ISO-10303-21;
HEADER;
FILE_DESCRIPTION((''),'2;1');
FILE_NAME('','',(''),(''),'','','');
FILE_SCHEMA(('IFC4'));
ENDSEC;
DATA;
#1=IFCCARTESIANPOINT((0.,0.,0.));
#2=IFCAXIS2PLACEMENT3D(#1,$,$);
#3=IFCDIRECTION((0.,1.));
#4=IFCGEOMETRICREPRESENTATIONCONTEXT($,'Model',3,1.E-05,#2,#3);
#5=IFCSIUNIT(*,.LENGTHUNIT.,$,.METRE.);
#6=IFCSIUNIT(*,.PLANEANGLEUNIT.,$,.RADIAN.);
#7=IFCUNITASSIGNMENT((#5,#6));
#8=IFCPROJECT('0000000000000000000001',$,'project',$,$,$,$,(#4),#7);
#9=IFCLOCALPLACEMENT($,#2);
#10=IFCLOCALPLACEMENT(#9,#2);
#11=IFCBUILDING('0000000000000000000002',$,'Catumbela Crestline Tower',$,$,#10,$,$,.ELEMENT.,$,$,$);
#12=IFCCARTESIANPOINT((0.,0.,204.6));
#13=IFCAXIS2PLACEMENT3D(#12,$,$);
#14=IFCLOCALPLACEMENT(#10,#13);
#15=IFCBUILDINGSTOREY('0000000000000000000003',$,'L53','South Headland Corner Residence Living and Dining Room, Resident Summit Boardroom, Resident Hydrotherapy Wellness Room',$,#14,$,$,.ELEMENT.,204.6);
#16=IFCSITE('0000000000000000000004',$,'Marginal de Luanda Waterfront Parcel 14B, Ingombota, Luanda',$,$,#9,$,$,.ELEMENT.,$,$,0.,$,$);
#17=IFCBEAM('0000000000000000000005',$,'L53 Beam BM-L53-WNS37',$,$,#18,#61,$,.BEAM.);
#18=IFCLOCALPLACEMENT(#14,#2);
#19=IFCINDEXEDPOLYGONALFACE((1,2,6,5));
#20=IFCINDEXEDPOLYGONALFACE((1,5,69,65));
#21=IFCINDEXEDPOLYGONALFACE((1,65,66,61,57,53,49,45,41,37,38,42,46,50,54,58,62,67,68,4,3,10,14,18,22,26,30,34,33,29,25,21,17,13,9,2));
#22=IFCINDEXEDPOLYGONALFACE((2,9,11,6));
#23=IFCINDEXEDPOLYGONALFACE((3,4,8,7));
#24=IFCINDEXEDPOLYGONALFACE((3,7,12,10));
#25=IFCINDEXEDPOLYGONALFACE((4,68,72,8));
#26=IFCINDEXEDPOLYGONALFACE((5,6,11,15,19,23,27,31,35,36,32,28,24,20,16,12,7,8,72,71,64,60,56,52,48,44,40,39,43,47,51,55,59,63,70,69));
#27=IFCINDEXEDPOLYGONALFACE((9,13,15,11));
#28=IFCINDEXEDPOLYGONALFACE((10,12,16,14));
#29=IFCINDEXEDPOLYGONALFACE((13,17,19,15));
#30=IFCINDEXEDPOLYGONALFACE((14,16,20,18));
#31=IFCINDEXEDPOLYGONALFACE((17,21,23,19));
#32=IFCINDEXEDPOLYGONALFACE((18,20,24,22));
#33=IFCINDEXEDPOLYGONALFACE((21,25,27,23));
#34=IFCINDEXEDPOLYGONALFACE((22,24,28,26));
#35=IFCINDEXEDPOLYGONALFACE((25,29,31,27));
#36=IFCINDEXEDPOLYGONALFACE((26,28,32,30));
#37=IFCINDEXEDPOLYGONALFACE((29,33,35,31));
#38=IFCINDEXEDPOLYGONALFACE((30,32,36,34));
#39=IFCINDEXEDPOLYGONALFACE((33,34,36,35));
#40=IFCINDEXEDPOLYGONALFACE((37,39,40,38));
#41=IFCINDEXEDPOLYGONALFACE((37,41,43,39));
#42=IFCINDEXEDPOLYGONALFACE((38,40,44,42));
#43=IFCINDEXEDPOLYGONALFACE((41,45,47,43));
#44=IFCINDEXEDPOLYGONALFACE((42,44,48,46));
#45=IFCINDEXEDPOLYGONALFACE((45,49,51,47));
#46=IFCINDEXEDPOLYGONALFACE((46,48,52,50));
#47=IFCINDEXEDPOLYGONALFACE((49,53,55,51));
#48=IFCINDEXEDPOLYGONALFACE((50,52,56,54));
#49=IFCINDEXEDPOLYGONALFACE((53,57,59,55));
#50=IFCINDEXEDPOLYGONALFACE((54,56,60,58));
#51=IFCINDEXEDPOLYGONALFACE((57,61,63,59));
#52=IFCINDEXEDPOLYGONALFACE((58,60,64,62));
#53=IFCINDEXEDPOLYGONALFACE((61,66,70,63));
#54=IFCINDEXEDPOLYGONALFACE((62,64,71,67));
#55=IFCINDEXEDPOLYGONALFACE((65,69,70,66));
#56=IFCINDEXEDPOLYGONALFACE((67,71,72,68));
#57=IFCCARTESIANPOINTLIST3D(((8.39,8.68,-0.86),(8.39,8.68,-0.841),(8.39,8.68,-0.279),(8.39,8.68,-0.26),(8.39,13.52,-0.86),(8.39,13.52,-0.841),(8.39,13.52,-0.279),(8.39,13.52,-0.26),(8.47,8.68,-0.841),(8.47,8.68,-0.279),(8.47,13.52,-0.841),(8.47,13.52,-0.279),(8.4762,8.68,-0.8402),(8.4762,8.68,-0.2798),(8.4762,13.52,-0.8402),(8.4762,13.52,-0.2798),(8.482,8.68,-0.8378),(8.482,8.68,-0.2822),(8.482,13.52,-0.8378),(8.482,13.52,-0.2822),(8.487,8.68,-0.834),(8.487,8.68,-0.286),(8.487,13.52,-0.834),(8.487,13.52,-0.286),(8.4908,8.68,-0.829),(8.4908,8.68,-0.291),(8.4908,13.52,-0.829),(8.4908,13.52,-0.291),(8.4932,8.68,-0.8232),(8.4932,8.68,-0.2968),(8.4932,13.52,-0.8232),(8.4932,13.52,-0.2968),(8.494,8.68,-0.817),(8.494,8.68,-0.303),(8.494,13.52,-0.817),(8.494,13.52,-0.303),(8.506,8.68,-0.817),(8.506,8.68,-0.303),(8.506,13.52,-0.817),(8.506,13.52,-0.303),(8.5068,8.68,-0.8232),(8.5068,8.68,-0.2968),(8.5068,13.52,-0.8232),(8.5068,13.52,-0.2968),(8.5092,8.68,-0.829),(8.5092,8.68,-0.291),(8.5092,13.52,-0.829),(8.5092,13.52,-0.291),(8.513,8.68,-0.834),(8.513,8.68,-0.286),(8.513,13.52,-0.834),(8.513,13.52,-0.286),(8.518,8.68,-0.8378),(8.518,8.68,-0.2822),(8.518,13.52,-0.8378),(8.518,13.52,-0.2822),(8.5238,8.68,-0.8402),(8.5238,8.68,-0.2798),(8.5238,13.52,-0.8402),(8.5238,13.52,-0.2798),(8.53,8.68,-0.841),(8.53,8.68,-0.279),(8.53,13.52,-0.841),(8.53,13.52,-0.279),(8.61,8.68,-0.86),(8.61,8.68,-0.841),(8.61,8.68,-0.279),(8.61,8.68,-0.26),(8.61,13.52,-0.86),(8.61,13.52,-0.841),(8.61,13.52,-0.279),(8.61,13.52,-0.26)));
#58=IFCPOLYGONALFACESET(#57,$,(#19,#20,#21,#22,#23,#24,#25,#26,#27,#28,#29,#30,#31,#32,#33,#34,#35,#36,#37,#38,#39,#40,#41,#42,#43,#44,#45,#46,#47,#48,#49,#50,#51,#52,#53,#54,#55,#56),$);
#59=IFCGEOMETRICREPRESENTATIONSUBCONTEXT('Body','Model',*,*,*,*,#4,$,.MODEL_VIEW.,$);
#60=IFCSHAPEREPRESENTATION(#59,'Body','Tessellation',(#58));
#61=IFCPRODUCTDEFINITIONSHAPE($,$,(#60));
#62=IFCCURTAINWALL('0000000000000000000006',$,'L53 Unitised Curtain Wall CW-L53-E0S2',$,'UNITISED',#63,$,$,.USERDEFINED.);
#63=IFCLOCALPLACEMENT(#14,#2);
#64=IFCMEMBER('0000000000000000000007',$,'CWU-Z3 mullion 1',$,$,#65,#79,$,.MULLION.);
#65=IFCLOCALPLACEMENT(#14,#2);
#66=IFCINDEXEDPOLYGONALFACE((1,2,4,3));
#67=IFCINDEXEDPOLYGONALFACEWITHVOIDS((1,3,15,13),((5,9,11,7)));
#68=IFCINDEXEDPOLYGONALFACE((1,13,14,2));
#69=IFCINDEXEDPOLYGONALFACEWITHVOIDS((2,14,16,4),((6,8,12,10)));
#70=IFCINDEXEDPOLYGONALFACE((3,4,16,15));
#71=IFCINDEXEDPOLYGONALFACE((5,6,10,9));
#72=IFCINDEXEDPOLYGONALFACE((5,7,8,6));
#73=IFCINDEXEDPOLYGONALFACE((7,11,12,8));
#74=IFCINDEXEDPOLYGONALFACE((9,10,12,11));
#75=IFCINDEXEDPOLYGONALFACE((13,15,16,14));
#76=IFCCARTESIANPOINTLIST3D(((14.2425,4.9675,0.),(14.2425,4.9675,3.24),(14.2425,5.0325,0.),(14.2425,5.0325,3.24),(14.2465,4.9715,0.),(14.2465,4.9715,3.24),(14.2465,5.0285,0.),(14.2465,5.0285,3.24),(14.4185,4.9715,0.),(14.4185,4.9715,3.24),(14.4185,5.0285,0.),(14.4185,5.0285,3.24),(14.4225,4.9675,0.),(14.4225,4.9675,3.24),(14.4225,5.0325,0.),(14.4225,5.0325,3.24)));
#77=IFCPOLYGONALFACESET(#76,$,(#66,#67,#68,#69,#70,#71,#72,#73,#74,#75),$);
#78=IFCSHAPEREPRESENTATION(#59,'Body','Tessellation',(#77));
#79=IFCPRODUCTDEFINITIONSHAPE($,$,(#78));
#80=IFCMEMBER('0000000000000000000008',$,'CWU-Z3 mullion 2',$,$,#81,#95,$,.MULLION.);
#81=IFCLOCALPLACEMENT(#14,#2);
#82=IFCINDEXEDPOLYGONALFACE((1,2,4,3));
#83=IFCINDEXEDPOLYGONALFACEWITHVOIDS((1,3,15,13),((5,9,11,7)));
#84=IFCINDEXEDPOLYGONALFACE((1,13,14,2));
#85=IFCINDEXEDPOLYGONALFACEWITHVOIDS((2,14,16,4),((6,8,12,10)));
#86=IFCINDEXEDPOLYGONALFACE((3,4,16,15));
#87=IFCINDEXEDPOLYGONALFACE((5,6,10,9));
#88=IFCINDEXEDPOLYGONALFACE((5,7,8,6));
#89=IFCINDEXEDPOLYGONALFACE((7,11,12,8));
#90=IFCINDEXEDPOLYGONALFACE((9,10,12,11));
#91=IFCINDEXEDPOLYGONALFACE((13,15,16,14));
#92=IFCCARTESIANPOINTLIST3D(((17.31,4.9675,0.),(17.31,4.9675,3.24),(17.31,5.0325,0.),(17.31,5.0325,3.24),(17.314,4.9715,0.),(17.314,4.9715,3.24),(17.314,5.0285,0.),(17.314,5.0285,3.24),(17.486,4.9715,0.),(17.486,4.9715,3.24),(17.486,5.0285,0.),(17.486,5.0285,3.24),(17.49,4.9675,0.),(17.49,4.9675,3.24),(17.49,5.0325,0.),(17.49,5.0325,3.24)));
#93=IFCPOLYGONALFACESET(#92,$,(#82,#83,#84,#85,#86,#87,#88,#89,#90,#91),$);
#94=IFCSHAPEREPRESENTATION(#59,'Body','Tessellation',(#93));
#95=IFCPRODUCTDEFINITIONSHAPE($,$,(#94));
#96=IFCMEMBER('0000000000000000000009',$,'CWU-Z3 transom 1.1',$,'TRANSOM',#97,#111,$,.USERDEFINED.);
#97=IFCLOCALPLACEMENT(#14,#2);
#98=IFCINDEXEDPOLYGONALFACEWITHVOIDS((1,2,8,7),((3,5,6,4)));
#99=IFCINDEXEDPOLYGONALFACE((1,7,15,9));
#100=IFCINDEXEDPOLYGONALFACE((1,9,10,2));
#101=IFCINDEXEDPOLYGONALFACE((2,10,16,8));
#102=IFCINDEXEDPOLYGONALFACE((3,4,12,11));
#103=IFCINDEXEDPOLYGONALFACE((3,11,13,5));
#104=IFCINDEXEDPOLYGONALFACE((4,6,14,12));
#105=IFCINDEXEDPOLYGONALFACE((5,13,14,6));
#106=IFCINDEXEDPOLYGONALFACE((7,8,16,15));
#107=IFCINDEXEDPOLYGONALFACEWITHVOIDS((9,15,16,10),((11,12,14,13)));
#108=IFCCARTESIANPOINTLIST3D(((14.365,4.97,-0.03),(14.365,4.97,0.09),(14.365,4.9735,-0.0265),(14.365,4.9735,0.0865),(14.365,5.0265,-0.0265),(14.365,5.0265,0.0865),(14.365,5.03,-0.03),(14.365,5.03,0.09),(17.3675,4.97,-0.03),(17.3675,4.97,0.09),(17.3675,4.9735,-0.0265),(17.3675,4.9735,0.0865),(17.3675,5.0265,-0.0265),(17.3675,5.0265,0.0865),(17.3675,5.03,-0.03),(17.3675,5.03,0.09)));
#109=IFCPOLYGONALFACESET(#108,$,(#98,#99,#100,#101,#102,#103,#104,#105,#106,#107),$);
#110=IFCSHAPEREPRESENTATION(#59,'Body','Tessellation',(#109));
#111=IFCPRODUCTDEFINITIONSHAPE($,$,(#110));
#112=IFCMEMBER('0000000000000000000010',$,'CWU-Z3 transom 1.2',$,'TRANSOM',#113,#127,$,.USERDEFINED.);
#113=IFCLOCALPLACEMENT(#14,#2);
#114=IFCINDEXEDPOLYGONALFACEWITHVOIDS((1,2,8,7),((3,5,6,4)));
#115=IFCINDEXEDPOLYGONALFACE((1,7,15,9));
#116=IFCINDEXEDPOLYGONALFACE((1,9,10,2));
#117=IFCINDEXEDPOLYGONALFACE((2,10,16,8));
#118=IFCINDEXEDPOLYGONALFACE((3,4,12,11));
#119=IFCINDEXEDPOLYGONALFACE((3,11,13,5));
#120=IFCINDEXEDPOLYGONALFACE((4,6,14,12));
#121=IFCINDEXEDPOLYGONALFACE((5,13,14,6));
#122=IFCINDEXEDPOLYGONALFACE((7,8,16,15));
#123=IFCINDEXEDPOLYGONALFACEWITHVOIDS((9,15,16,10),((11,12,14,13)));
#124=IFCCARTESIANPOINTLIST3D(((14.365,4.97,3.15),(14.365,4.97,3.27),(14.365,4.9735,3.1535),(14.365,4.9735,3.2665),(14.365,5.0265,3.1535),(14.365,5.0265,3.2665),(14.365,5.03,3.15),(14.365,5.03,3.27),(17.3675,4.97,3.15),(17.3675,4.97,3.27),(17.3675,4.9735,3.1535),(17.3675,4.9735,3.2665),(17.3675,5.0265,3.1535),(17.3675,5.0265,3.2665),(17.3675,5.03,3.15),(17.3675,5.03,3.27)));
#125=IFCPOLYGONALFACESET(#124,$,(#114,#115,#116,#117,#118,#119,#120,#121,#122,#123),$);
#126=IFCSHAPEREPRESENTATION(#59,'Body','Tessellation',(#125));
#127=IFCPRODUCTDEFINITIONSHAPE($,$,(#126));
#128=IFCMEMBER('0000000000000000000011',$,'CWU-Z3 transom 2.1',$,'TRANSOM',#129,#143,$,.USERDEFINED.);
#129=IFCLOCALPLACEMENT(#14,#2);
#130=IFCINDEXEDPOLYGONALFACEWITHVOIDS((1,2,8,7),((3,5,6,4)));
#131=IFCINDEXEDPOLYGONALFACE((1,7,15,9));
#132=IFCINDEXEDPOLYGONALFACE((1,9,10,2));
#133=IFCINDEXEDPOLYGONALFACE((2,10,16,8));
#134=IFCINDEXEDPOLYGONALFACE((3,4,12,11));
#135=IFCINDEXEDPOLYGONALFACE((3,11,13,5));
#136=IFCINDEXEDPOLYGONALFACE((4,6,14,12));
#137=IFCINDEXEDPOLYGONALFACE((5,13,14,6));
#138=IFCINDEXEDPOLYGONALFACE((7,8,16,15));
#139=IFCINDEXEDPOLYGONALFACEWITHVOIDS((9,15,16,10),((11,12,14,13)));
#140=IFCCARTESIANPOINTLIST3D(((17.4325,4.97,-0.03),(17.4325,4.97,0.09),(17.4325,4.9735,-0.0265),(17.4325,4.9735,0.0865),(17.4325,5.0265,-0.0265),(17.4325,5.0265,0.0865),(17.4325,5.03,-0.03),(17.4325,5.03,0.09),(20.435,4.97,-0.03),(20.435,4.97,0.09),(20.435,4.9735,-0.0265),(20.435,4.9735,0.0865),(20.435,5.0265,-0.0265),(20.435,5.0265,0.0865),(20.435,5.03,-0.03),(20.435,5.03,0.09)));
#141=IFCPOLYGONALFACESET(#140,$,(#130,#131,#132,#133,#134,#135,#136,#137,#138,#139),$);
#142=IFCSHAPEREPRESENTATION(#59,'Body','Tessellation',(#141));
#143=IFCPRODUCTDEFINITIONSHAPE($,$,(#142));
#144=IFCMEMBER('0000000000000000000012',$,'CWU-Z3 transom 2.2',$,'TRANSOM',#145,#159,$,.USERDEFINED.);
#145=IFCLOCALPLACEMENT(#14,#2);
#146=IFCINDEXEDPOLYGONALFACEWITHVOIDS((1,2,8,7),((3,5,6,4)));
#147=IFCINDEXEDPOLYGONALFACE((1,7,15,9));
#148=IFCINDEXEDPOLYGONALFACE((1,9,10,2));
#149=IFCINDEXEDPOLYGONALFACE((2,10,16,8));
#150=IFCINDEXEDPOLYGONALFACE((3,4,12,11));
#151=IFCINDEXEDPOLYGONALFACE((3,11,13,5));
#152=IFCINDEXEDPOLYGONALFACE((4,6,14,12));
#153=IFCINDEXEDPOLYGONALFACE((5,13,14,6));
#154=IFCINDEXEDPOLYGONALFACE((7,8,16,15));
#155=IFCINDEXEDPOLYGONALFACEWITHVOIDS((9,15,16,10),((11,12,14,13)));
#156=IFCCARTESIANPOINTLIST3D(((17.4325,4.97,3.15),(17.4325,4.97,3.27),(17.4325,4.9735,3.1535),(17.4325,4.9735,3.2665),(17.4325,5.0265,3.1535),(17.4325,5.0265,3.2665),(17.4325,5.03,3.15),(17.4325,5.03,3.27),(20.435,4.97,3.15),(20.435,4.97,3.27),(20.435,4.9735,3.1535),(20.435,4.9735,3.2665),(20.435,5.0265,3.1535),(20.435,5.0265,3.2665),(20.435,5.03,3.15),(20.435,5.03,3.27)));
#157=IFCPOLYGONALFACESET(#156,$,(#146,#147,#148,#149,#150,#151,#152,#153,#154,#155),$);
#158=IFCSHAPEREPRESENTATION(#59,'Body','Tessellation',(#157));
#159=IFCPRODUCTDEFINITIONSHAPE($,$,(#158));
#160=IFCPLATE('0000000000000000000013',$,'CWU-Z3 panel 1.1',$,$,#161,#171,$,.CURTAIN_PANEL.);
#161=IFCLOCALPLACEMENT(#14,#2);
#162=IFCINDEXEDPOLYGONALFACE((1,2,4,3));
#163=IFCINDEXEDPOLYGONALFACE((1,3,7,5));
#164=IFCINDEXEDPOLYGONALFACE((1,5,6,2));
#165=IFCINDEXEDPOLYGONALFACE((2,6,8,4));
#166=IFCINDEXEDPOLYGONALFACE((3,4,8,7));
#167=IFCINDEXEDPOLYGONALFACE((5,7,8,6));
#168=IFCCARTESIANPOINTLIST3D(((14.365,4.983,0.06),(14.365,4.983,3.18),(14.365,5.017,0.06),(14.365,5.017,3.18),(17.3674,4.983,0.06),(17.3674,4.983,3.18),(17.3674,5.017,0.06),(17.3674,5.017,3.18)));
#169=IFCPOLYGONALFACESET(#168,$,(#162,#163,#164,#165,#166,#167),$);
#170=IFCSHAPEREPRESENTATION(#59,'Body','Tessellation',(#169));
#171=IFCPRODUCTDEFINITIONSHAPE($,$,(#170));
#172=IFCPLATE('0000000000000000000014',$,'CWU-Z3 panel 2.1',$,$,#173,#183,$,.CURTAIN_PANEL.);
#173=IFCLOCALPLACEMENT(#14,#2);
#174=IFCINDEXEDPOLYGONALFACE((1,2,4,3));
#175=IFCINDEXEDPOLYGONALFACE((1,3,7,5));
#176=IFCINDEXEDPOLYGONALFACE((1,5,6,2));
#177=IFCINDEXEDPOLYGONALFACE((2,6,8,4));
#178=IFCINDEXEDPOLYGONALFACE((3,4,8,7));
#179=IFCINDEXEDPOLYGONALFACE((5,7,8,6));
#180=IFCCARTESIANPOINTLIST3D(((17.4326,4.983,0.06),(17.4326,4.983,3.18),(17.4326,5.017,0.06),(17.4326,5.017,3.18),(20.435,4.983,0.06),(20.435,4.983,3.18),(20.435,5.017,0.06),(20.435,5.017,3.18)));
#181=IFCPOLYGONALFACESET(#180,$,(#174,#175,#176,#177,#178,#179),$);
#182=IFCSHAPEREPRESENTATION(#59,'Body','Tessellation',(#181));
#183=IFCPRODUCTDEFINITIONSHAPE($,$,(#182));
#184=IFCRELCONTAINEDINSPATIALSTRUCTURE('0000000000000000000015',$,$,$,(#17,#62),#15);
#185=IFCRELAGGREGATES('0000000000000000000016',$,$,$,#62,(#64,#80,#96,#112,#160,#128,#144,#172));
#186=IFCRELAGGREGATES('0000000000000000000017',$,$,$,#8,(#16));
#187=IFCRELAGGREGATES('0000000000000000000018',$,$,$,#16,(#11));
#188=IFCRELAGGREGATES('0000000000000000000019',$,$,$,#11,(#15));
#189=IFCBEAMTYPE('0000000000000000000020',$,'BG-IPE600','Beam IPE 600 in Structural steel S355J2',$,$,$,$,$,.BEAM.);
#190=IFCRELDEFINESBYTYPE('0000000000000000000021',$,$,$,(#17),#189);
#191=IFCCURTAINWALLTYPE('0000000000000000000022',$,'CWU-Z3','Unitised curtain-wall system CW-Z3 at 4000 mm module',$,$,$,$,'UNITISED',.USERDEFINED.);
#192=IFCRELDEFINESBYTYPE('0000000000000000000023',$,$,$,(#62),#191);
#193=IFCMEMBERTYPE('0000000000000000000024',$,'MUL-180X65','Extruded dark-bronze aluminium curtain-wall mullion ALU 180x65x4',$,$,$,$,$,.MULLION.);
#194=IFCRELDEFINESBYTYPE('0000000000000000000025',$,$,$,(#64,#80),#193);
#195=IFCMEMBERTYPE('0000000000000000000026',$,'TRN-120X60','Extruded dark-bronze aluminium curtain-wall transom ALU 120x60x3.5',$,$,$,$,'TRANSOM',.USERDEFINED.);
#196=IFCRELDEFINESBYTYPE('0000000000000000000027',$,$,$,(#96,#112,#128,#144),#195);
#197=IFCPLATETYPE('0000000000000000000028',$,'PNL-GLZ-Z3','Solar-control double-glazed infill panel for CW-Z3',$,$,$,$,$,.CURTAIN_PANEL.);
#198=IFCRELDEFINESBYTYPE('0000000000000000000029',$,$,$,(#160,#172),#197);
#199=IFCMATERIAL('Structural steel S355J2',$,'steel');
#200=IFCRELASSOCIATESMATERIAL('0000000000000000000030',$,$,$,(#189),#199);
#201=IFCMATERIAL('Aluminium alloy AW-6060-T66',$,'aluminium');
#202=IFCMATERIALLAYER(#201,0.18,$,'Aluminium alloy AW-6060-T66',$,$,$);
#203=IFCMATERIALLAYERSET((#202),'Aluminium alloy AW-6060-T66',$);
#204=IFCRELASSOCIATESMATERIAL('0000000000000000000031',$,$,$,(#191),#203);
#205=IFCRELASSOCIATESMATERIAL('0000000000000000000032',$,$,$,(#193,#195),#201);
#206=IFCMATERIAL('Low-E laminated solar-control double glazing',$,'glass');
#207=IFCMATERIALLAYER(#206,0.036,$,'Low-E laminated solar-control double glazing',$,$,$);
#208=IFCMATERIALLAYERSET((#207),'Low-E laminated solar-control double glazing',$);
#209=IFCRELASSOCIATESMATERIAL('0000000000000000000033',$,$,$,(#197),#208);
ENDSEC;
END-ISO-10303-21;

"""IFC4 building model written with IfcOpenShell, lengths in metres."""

from ifc_helpers import new_model, si_unit, direction, frame, origin, origin_2d, place, context, subcontext, project, spatial, rectangle, hollow_rectangle, i_section, extrude, material, layer, layer_set, material_profile, profile_set, type_object, element, aggregate, save


model = new_model("IFC4")

# Units and contexts
model_context = context("Model", 3, precision=1e-05, world=origin(), true_north=direction((0.0, 1.0)))
body_context = subcontext(model_context, "Body", "Model", "MODEL_VIEW")
ifc_project = project(units=[si_unit("LENGTHUNIT", "METRE"), si_unit("PLANEANGLEUNIT", "RADIAN")], contexts=[model_context])

# Site, building, storey
site_placement = place(None, origin())
site = spatial("IfcSite", under=ifc_project, at=site_placement, Name="Marginal de Luanda Waterfront Parcel 14B, Ingombota, Luanda", CompositionType="ELEMENT", RefElevation=0.0)
building_placement = place(site_placement, origin())
building = spatial("IfcBuilding", under=site, at=building_placement, Name="Catumbela Crestline Tower", CompositionType="ELEMENT")
storey_placement = place(building_placement, frame((0.0, 0.0, 204.6)))
storey = spatial("IfcBuildingStorey", under=building, at=storey_placement, Name="L53", Description="South Headland Corner Residence Living and Dining Room, Resident Summit Boardroom, Resident Hydrotherapy Wellness Room", CompositionType="ELEMENT", Elevation=204.6)

# Shared definitions
ifc_material_1 = material(Name="Structural steel S355J2", Category="steel")

# Beam
ifc_material_profile_1 = material_profile(ifc_material_1, i_section(OverallWidth=0.22, OverallDepth=0.6, WebThickness=0.012, FlangeThickness=0.019, FilletRadius=0.024, at=origin_2d()), Name="IPE 600")
ifc_profile_set_1 = profile_set([ifc_material_profile_1], Name="Structural steel S355J2")
beam_type = type_object("IfcBeamType", Name="BG-IPE600", Description="Beam IPE 600 in Structural steel S355J2", PredefinedType="BEAM", material=ifc_profile_set_1)
beam_1_placement = place(storey_placement, frame((8.5, 8.68, -0.56), z_axis=(0.0, 1.0, 0.0), x_axis=(-1.0, 0.0, 0.0)))
element("IfcBeam", 1, at=beam_1_placement, inside=storey, type_object=beam_type, Name="L53 Beam BM-L53-WNS37", PredefinedType="BEAM", context=body_context, shape_type="SweptSolid", body=[
    extrude(i_section(OverallWidth=0.22, OverallDepth=0.6, WebThickness=0.012, FlangeThickness=0.019, FilletRadius=0.024, at=origin_2d()), origin(), (0.0, 0.0, 1.0), 4.84),
])

# Curtain wall, members, plates
ifc_material_2 = material(Name="Aluminium alloy AW-6060-T66", Category="aluminium")
ifc_layer_1 = layer(ifc_material_2, 0.18, Name="Aluminium alloy AW-6060-T66")
ifc_layer_set_1 = layer_set([ifc_layer_1], Name="Aluminium alloy AW-6060-T66")
curtain_wall_type = type_object("IfcCurtainWallType", Name="CWU-Z3", Description="Unitised curtain-wall system CW-Z3 at 4000 mm module", ElementType="UNITISED", PredefinedType="USERDEFINED", material=ifc_layer_set_1)
curtain_wall_placement = place(storey_placement, origin())
curtain_wall = element("IfcCurtainWall", 2, at=curtain_wall_placement, inside=storey, type_object=curtain_wall_type, Name="L53 Unitised Curtain Wall CW-L53-E0S2", ObjectType="UNITISED", PredefinedType="USERDEFINED")
ifc_material_profile_2 = material_profile(ifc_material_2, hollow_rectangle(XDim=0.065, YDim=0.18, WallThickness=0.004, at=origin_2d()), Name="ALU 180x65x4")
ifc_profile_set_2 = profile_set([ifc_material_profile_2], Name="Aluminium alloy AW-6060-T66")
member_type_1 = type_object("IfcMemberType", Name="MUL-180X65", Description="Extruded dark-bronze aluminium curtain-wall mullion ALU 180x65x4", PredefinedType="MULLION", material=ifc_profile_set_2)
member_1_placement = place(storey_placement, frame((14.3325, 5.0, 0.0), z_axis=(0.0, 0.0, 1.0), x_axis=(0.0, 1.0, 0.0)))
member_1 = element("IfcMember", 3, at=member_1_placement, type_object=member_type_1, Name="CWU-Z3 mullion 1", PredefinedType="MULLION", context=body_context, shape_type="SweptSolid", body=[
    extrude(hollow_rectangle(XDim=0.065, YDim=0.18, WallThickness=0.004, at=origin_2d()), origin(), (0.0, 0.0, 1.0), 3.24),
])
member_2_placement = place(storey_placement, frame((17.4, 5.0, 0.0), z_axis=(0.0, 0.0, 1.0), x_axis=(0.0, 1.0, 0.0)))
member_2 = element("IfcMember", 4, at=member_2_placement, type_object=member_type_1, Name="CWU-Z3 mullion 2", PredefinedType="MULLION", context=body_context, shape_type="SweptSolid", body=[
    extrude(hollow_rectangle(XDim=0.065, YDim=0.18, WallThickness=0.004, at=origin_2d()), origin(), (0.0, 0.0, 1.0), 3.24),
])
ifc_material_profile_3 = material_profile(ifc_material_2, hollow_rectangle(XDim=0.06, YDim=0.12, WallThickness=0.0035, at=origin_2d()), Name="ALU 120x60x3.5")
ifc_profile_set_3 = profile_set([ifc_material_profile_3], Name="Aluminium alloy AW-6060-T66")
member_type_2 = type_object("IfcMemberType", Name="TRN-120X60", Description="Extruded dark-bronze aluminium curtain-wall transom ALU 120x60x3.5", ElementType="TRANSOM", PredefinedType="USERDEFINED", material=ifc_profile_set_3)
member_3_placement = place(storey_placement, frame((14.365, 5.0, 0.03), z_axis=(1.0, 0.0, 0.0), x_axis=(0.0, 1.0, 0.0)))
member_3 = element("IfcMember", 5, at=member_3_placement, type_object=member_type_2, Name="CWU-Z3 transom 1.1", ObjectType="TRANSOM", PredefinedType="USERDEFINED", context=body_context, shape_type="SweptSolid", body=[
    extrude(hollow_rectangle(XDim=0.06, YDim=0.12, WallThickness=0.0035, at=origin_2d()), origin(), (0.0, 0.0, 1.0), 3.0025),
])
member_4_placement = place(storey_placement, frame((14.365, 5.0, 3.21), z_axis=(1.0, 0.0, 0.0), x_axis=(0.0, 1.0, 0.0)))
member_4 = element("IfcMember", 6, at=member_4_placement, type_object=member_type_2, Name="CWU-Z3 transom 1.2", ObjectType="TRANSOM", PredefinedType="USERDEFINED", context=body_context, shape_type="SweptSolid", body=[
    extrude(hollow_rectangle(XDim=0.06, YDim=0.12, WallThickness=0.0035, at=origin_2d()), origin(), (0.0, 0.0, 1.0), 3.0025),
])
member_5_placement = place(storey_placement, frame((17.4325, 5.0, 0.03), z_axis=(1.0, 0.0, 0.0), x_axis=(0.0, 1.0, 0.0)))
member_5 = element("IfcMember", 7, at=member_5_placement, type_object=member_type_2, Name="CWU-Z3 transom 2.1", ObjectType="TRANSOM", PredefinedType="USERDEFINED", context=body_context, shape_type="SweptSolid", body=[
    extrude(hollow_rectangle(XDim=0.06, YDim=0.12, WallThickness=0.0035, at=origin_2d()), origin(), (0.0, 0.0, 1.0), 3.0025),
])
member_6_placement = place(storey_placement, frame((17.4325, 5.0, 3.21), z_axis=(1.0, 0.0, 0.0), x_axis=(0.0, 1.0, 0.0)))
member_6 = element("IfcMember", 8, at=member_6_placement, type_object=member_type_2, Name="CWU-Z3 transom 2.2", ObjectType="TRANSOM", PredefinedType="USERDEFINED", context=body_context, shape_type="SweptSolid", body=[
    extrude(hollow_rectangle(XDim=0.06, YDim=0.12, WallThickness=0.0035, at=origin_2d()), origin(), (0.0, 0.0, 1.0), 3.0025),
])
ifc_material_3 = material(Name="Low-E laminated solar-control double glazing", Category="glass")
ifc_layer_2 = layer(ifc_material_3, 0.036, Name="Low-E laminated solar-control double glazing")
ifc_layer_set_2 = layer_set([ifc_layer_2], Name="Low-E laminated solar-control double glazing")
plate_type = type_object("IfcPlateType", Name="PNL-GLZ-Z3", Description="Solar-control double-glazed infill panel for CW-Z3", PredefinedType="CURTAIN_PANEL", material=ifc_layer_set_2)
plate_1_placement = place(storey_placement, frame((15.8662, 5.0, 0.06), z_axis=(0.0, 0.0, 1.0), x_axis=(1.0, 0.0, 0.0)))
plate_1 = element("IfcPlate", 9, at=plate_1_placement, type_object=plate_type, Name="CWU-Z3 panel 1.1", PredefinedType="CURTAIN_PANEL", context=body_context, shape_type="SweptSolid", body=[
    extrude(rectangle(XDim=3.0025, YDim=0.034, at=origin_2d()), origin(), (0.0, 0.0, 1.0), 3.12),
])
plate_2_placement = place(storey_placement, frame((18.9338, 5.0, 0.06), z_axis=(0.0, 0.0, 1.0), x_axis=(1.0, 0.0, 0.0)))
plate_2 = element("IfcPlate", 10, at=plate_2_placement, type_object=plate_type, Name="CWU-Z3 panel 2.1", PredefinedType="CURTAIN_PANEL", context=body_context, shape_type="SweptSolid", body=[
    extrude(rectangle(XDim=3.0025, YDim=0.034, at=origin_2d()), origin(), (0.0, 0.0, 1.0), 3.12),
])
aggregate(curtain_wall, [member_1, member_2, member_3, member_4, plate_1, member_5, member_6, plate_2])

save(model, "model.ifc")
